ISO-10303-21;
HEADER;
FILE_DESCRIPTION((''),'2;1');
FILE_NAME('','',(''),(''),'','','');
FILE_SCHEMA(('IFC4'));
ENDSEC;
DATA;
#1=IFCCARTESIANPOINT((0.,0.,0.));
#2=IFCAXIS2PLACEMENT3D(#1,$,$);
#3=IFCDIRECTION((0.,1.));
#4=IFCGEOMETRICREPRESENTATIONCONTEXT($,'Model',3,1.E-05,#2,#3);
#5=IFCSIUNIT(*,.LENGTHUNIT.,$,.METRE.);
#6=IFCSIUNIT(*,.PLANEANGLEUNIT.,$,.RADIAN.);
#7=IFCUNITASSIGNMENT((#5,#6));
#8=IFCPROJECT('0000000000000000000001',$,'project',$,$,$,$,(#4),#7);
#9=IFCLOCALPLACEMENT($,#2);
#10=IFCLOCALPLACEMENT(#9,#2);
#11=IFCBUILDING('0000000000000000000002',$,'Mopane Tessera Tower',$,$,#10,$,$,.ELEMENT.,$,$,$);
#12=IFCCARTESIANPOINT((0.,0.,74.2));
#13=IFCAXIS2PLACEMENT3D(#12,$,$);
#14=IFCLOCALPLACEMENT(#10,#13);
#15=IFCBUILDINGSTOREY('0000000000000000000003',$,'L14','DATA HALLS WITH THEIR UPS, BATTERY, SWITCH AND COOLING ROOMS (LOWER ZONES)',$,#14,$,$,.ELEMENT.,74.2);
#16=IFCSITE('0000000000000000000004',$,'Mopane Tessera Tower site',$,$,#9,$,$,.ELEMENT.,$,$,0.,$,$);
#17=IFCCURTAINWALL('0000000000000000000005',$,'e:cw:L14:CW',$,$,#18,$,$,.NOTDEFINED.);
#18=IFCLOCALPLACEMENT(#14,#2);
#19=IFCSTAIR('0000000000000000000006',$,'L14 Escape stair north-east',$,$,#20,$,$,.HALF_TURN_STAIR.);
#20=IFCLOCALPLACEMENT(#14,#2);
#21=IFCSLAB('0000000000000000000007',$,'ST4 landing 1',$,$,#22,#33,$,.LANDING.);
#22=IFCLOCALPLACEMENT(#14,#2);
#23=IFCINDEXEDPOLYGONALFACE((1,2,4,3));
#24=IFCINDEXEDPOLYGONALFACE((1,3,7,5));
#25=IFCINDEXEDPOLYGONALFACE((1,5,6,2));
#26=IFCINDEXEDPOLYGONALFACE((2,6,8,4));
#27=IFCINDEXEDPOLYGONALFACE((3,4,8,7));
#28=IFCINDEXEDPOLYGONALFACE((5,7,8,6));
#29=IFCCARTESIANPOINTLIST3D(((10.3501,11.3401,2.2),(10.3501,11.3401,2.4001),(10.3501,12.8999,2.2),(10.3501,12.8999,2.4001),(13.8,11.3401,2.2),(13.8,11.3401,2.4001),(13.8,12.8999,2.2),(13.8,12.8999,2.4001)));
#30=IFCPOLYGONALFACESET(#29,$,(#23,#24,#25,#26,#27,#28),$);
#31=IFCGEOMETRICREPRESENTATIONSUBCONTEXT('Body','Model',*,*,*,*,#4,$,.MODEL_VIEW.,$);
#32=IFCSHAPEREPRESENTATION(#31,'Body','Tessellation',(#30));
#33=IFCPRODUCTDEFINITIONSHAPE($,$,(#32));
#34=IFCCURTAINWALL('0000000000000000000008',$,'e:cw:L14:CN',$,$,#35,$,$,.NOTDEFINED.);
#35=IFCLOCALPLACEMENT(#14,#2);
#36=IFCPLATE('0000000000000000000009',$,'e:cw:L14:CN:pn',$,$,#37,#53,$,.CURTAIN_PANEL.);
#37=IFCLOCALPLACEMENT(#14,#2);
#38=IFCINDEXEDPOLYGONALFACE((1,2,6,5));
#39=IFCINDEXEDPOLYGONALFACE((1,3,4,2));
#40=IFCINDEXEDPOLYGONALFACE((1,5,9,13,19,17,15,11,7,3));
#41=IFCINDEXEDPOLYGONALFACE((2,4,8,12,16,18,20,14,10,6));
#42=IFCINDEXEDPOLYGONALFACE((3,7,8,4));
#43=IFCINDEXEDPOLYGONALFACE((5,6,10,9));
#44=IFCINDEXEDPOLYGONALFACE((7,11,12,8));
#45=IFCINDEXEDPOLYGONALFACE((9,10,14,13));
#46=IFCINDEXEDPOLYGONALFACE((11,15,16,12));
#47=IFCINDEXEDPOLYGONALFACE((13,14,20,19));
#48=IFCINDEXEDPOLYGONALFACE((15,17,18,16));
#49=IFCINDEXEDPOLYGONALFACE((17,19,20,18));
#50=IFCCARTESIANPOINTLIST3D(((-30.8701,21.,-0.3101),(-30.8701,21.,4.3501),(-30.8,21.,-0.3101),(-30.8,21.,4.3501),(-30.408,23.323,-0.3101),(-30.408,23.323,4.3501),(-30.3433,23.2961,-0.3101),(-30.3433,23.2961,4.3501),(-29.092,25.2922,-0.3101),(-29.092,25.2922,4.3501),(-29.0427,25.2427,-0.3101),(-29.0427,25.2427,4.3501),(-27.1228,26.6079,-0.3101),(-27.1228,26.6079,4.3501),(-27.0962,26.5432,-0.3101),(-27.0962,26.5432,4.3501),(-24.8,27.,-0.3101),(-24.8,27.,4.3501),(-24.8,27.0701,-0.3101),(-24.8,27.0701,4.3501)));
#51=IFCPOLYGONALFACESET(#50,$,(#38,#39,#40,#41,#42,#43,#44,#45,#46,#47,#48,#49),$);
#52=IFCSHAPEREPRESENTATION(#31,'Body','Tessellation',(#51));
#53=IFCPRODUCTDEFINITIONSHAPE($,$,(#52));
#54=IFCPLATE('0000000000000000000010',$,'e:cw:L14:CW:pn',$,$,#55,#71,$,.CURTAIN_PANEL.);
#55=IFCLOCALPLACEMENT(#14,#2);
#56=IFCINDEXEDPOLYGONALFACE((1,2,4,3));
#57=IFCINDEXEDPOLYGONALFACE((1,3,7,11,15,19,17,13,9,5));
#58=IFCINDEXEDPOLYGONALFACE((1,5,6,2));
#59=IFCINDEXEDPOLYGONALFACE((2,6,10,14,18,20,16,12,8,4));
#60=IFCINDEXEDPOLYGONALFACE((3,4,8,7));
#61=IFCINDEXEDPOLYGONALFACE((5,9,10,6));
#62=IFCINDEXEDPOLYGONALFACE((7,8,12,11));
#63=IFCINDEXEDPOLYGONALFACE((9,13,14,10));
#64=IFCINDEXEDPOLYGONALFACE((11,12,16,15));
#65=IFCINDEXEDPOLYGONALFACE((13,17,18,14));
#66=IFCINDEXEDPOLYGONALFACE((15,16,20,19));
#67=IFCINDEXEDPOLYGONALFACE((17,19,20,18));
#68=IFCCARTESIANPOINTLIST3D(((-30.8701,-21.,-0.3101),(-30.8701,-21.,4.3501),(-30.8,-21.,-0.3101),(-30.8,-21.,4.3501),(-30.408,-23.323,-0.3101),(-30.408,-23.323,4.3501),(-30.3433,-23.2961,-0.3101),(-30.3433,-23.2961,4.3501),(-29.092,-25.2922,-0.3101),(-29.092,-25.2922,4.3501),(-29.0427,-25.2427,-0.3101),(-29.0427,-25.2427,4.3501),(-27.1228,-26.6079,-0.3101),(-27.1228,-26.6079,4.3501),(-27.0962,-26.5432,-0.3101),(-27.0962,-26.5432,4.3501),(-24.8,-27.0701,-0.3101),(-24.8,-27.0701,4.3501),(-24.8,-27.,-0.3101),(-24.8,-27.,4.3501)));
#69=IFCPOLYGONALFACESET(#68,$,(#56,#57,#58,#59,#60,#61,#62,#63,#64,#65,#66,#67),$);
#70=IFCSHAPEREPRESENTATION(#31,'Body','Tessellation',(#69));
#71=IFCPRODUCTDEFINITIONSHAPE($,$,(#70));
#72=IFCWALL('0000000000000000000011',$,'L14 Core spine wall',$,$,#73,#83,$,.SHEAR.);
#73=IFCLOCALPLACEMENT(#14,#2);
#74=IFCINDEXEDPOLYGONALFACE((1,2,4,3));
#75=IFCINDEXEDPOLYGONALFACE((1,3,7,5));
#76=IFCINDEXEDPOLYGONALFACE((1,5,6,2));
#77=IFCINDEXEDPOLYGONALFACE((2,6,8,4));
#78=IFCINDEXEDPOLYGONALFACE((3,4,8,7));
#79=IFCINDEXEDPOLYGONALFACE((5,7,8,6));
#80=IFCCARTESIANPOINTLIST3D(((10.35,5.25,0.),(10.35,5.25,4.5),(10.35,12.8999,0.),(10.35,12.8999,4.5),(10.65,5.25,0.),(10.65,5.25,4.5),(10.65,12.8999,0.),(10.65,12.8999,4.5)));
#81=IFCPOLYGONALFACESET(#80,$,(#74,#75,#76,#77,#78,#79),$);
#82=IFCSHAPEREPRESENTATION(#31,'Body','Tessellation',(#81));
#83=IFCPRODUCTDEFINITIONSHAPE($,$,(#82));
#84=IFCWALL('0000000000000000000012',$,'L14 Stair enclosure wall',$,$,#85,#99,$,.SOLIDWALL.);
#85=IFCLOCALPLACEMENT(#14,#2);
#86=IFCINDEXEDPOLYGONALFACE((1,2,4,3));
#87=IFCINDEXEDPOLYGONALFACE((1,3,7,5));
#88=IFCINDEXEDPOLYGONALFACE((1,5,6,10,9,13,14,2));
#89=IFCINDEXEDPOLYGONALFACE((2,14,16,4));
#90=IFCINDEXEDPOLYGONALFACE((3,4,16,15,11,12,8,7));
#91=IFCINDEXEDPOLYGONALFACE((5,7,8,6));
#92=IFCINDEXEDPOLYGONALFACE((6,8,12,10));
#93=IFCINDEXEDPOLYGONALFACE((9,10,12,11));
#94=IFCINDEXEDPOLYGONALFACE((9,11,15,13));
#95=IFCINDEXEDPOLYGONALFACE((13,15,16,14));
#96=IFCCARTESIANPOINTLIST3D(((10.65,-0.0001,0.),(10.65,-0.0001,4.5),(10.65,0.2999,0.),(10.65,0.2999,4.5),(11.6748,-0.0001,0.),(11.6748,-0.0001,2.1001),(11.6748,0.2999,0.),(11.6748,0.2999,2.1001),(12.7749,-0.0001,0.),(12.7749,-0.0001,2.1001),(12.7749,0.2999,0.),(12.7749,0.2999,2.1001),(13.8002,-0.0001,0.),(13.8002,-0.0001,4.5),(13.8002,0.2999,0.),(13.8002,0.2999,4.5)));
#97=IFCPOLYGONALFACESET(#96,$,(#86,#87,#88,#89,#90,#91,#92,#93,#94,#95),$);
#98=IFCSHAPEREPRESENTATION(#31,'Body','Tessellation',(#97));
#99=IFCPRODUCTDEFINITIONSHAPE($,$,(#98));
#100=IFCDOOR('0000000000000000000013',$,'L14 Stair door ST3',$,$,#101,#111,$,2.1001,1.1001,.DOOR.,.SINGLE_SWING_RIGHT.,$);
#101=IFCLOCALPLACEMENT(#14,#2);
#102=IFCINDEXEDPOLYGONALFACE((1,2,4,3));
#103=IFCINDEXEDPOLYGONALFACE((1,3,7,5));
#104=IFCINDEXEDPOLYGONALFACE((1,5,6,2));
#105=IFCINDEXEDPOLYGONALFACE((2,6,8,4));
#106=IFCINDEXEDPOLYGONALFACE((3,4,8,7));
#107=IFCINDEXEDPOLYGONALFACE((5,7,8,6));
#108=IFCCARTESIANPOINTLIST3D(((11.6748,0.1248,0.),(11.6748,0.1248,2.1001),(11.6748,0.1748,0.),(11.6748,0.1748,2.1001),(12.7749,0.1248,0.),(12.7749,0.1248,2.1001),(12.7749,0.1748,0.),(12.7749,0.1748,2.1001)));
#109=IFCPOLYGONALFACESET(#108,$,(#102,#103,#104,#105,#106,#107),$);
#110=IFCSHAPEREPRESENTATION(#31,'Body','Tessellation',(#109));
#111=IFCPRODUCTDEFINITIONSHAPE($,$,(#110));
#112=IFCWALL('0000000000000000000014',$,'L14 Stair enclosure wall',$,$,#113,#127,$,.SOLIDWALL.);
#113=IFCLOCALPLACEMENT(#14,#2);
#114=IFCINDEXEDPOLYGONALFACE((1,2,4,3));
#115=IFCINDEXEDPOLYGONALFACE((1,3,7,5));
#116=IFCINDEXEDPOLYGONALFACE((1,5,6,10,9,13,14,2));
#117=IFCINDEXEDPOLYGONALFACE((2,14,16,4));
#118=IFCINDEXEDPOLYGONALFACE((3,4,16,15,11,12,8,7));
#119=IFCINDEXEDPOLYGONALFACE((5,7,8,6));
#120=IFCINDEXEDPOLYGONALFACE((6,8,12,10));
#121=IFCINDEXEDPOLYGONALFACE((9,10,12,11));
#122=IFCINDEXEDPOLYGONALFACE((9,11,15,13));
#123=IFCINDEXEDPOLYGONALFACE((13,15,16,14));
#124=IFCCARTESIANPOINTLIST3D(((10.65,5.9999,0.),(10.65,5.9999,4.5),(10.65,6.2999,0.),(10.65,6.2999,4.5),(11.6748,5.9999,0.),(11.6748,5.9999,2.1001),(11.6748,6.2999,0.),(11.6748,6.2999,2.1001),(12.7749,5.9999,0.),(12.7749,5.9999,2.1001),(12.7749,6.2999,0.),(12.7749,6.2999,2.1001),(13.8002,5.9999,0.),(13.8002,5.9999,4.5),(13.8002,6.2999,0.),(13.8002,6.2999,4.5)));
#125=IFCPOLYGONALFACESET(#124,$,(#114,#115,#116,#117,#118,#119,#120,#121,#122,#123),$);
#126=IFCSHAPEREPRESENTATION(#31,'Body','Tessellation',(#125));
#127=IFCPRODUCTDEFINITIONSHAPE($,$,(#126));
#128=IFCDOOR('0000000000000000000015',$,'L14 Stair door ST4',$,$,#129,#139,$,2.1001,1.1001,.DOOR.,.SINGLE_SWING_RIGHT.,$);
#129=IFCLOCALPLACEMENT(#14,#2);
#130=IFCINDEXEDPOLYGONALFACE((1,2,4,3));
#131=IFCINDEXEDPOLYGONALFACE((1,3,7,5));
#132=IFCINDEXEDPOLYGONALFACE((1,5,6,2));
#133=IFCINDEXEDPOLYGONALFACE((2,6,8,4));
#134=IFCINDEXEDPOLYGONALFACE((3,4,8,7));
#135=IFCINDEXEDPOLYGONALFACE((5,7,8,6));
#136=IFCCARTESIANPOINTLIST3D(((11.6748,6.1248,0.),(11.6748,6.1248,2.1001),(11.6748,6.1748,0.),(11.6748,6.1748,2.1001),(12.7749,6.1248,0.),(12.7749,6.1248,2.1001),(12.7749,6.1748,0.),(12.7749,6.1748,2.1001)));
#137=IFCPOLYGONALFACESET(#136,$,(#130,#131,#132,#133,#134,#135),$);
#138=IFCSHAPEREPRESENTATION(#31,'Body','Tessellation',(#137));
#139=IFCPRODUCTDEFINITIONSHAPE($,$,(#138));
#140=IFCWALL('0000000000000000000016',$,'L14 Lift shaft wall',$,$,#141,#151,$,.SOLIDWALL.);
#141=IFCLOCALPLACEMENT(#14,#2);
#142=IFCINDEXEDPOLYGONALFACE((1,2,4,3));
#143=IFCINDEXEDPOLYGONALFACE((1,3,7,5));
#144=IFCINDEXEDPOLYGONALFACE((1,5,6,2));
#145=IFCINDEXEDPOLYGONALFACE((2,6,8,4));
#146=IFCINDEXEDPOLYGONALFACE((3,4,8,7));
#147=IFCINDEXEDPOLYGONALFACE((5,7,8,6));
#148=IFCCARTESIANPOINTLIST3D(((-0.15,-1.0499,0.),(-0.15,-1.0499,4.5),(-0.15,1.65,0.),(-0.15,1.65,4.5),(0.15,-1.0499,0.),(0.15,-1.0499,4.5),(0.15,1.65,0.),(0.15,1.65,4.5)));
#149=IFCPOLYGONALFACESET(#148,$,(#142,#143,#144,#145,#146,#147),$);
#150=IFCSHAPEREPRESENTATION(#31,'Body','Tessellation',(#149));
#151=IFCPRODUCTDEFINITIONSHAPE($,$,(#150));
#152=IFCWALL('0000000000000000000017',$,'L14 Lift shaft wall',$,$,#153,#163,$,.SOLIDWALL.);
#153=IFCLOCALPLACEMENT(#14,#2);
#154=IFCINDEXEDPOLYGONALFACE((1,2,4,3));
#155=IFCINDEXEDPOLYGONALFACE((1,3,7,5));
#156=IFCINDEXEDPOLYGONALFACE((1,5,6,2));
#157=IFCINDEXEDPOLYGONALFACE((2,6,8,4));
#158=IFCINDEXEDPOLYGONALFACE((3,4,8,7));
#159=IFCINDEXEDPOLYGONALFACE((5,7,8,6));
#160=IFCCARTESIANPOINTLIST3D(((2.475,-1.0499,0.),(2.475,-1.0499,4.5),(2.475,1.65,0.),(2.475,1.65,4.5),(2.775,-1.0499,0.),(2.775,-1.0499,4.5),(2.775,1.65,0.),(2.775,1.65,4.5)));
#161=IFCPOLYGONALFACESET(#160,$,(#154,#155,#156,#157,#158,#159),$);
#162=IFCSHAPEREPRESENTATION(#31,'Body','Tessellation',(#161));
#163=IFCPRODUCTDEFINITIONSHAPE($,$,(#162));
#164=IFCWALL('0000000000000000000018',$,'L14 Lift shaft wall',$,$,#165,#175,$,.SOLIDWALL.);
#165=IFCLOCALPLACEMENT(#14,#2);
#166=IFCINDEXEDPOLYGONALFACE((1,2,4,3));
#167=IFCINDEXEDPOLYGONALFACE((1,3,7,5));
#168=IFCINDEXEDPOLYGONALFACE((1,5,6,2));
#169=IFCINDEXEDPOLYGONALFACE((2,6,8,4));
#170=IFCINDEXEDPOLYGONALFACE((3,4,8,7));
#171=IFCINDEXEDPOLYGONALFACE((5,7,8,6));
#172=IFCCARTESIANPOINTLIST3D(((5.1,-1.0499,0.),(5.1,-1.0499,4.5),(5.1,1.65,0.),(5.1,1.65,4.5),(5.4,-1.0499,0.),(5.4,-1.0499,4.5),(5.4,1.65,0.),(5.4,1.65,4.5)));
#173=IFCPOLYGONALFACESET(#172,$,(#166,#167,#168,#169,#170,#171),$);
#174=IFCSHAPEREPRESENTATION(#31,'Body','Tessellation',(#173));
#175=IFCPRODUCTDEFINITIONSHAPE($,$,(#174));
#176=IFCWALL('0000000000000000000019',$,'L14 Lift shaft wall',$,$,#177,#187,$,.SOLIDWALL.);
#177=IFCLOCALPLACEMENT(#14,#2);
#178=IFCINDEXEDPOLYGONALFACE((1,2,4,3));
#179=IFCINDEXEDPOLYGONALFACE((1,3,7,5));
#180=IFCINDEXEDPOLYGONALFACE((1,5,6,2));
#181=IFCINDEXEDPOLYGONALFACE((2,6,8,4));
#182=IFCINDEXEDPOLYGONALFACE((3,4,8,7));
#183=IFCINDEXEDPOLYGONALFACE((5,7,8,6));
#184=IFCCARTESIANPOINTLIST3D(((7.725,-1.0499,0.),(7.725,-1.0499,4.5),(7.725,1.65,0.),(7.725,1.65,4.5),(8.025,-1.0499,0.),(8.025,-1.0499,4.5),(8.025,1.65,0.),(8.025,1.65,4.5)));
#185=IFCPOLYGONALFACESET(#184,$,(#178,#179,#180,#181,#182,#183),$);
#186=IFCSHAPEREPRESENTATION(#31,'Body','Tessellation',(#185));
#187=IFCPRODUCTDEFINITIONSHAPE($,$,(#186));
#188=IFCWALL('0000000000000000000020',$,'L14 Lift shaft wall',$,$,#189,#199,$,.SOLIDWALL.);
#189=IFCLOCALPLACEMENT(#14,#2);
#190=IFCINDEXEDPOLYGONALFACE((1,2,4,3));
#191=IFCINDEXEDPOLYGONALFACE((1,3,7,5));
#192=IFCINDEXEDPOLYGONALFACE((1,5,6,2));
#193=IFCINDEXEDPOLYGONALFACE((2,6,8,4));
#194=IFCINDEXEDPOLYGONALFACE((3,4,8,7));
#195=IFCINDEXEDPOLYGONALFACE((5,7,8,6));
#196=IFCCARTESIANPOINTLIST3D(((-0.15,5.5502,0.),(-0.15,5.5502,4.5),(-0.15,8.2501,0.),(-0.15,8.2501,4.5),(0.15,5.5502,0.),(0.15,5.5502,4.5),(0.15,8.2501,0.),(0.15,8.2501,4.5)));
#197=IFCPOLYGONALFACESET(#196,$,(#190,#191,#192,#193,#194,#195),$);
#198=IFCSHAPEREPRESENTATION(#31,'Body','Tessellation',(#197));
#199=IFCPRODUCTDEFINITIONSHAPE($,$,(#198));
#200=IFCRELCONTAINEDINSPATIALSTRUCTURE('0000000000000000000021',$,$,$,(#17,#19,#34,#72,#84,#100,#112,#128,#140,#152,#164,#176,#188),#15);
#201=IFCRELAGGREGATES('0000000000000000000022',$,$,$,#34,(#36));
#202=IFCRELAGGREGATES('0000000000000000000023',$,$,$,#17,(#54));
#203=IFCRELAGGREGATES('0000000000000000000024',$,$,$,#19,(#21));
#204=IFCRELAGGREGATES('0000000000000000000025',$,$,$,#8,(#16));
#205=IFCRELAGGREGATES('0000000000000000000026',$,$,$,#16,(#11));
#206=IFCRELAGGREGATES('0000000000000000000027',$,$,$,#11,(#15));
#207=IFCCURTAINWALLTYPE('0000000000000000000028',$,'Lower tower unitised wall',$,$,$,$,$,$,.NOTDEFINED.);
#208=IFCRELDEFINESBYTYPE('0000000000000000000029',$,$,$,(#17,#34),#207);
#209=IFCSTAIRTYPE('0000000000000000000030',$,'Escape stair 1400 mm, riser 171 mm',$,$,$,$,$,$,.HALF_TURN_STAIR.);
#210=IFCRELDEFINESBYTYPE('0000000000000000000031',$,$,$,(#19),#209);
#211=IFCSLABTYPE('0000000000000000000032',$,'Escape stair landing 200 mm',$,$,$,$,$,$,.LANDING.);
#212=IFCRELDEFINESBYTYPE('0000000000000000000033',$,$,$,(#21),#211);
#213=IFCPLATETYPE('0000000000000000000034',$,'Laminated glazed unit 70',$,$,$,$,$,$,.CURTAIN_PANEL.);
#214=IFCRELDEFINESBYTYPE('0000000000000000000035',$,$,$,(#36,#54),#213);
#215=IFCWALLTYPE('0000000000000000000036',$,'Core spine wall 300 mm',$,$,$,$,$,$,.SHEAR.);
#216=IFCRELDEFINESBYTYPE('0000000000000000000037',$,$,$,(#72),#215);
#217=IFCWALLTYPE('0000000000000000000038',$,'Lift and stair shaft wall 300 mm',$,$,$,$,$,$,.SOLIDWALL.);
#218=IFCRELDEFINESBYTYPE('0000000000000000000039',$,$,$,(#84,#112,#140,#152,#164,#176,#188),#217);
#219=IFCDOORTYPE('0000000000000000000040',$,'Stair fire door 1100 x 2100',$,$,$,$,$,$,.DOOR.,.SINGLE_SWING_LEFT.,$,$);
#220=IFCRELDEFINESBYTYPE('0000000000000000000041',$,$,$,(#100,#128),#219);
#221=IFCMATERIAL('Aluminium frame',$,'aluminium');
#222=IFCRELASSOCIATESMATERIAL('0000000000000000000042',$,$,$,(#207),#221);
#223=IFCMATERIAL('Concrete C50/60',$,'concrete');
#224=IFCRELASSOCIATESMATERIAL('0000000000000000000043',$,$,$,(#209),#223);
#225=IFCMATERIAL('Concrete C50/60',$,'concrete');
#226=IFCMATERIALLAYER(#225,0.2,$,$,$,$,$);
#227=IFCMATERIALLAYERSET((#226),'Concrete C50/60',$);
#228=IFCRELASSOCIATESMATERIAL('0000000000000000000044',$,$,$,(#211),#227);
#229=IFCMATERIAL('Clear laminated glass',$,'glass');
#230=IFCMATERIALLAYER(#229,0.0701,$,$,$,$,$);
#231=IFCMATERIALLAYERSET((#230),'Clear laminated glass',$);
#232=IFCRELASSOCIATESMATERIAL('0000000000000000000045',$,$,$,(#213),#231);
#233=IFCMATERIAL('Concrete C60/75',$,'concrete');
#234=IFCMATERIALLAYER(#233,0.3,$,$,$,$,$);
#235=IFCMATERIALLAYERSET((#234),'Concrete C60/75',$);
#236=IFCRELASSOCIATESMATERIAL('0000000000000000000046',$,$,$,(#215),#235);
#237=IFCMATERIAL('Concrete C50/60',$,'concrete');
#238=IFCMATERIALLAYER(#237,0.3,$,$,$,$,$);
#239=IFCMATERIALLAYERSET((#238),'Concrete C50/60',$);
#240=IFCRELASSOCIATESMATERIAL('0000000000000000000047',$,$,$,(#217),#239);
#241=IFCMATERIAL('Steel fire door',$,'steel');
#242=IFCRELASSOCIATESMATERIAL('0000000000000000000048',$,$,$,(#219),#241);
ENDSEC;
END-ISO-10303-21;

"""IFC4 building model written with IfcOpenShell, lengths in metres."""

from ifc_helpers import new_model, si_unit, direction, frame, frame_2d, origin, place, context, subcontext, project, spatial, polyline, rectangle, outline, extrude, material, layer, layer_set, type_object, element, fill, aggregate, save


model = new_model("IFC4")

# Units and contexts
model_context = context("Model", 3, precision=1e-05, world=origin(), true_north=direction((0.0, 1.0)))
body_context = subcontext(model_context, "Body", "Model", "MODEL_VIEW")
ifc_project = project(units=[si_unit("LENGTHUNIT", "METRE"), si_unit("PLANEANGLEUNIT", "RADIAN")], contexts=[model_context])

# Site, building, storey
site_placement = place(None, origin())
site = spatial("IfcSite", under=ifc_project, at=site_placement, Name="Mopane Tessera Tower site", CompositionType="ELEMENT", RefElevation=0.0)
building_placement = place(site_placement, origin())
building = spatial("IfcBuilding", under=site, at=building_placement, Name="Mopane Tessera Tower", CompositionType="ELEMENT")
storey_placement = place(building_placement, frame((0.0, 0.0, 74.2)))
storey = spatial("IfcBuildingStorey", under=building, at=storey_placement, Name="L14", Description="DATA HALLS WITH THEIR UPS, BATTERY, SWITCH AND COOLING ROOMS (LOWER ZONES)", CompositionType="ELEMENT", Elevation=74.2)

# Curtain wall
ifc_material_1 = material(Name="Aluminium frame", Category="aluminium")
curtain_wall_type = type_object("IfcCurtainWallType", Name="Lower tower unitised wall", PredefinedType="NOTDEFINED", material=ifc_material_1)
curtain_wall_1_placement = place(storey_placement, origin())
curtain_wall_1 = element("IfcCurtainWall", 1, at=curtain_wall_1_placement, inside=storey, type_object=curtain_wall_type, Name="e:cw:L14:CW", PredefinedType="NOTDEFINED")

# Stair, slab
ifc_material_2 = material(Name="Concrete C50/60", Category="concrete")
stair_type = type_object("IfcStairType", Name="Escape stair 1400 mm, riser 171 mm", PredefinedType="HALF_TURN_STAIR", material=ifc_material_2)
ifc_material_3 = material(Name="Concrete C50/60", Category="concrete")
ifc_layer_1 = layer(ifc_material_3, 0.2)
ifc_layer_set_1 = layer_set([ifc_layer_1], Name="Concrete C50/60")
slab_type_1 = type_object("IfcSlabType", Name="Escape stair landing 200 mm", PredefinedType="LANDING", material=ifc_layer_set_1)
stair_1_placement = place(storey_placement, origin())
stair_1 = element("IfcStair", 2, at=stair_1_placement, inside=storey, type_object=stair_type, Name="L14 Escape stair north-east", PredefinedType="HALF_TURN_STAIR")
slab_1_placement = place(storey_placement, frame((0.0, 0.0, 2.2)))
slab_1 = element("IfcSlab", 3, at=slab_1_placement, type_object=slab_type_1, Name="ST4 landing 1", PredefinedType="LANDING", context=body_context, shape_type="SweptSolid", body=[
    extrude(outline(polyline([(13.8, 11.3401), (13.8, 12.8999), (10.3501, 12.8999), (10.3501, 11.3401), (13.8, 11.3401)])), origin(), (0.0, 0.0, 1.0), 0.2002),
])

# Curtain wall, plate
curtain_wall_2_placement = place(storey_placement, origin())
curtain_wall_2 = element("IfcCurtainWall", 4, at=curtain_wall_2_placement, inside=storey, type_object=curtain_wall_type, Name="e:cw:L14:CN", PredefinedType="NOTDEFINED")
ifc_material_4 = material(Name="Clear laminated glass", Category="glass")
ifc_layer_2 = layer(ifc_material_4, 0.0701)
ifc_layer_set_2 = layer_set([ifc_layer_2], Name="Clear laminated glass")
plate_type = type_object("IfcPlateType", Name="Laminated glazed unit 70", PredefinedType="CURTAIN_PANEL", material=ifc_layer_set_2)
plate_1_placement = place(storey_placement, frame((0.0, 0.0, -0.3101)))
plate_1 = element("IfcPlate", 5, at=plate_1_placement, type_object=plate_type, Name="e:cw:L14:CN:pn", PredefinedType="CURTAIN_PANEL", context=body_context, shape_type="SweptSolid", body=[
    extrude(outline(polyline([(-24.8, 27.0), (-27.0962, 26.5432), (-29.0427, 25.2427), (-30.3433, 23.2961), (-30.8, 21.0), (-30.8701, 21.0), (-30.408, 23.323), (-29.092, 25.2922), (-27.1228, 26.6079), (-24.8, 27.0701), (-24.8, 27.0)])), origin(), (0.0, 0.0, 1.0), 4.6602),
])
aggregate(curtain_wall_2, [plate_1])

# Plate
plate_2_placement = place(storey_placement, frame((0.0, 0.0, -0.3101)))
plate_2 = element("IfcPlate", 6, at=plate_2_placement, type_object=plate_type, Name="e:cw:L14:CW:pn", PredefinedType="CURTAIN_PANEL", context=body_context, shape_type="SweptSolid", body=[
    extrude(outline(polyline([(-30.8, -21.0), (-30.3433, -23.2961), (-29.0427, -25.2427), (-27.0962, -26.5432), (-24.8, -27.0), (-24.8, -27.0701), (-27.1228, -26.6079), (-29.092, -25.2922), (-30.408, -23.323), (-30.8701, -21.0), (-30.8, -21.0)])), origin(), (0.0, 0.0, 1.0), 4.6602),
])
aggregate(curtain_wall_1, [plate_2])

# Wall
ifc_material_5 = material(Name="Concrete C60/75", Category="concrete")
ifc_layer_3 = layer(ifc_material_5, 0.3)
ifc_layer_set_3 = layer_set([ifc_layer_3], Name="Concrete C60/75")
wall_type_1 = type_object("IfcWallType", Name="Core spine wall 300 mm", PredefinedType="SHEAR", material=ifc_layer_set_3)
wall_1_placement = place(storey_placement, frame((10.5, 5.25, 0.0), z_axis=(0.0, 0.0, 1.0), x_axis=(0.0, 1.0, 0.0)))
element("IfcWall", 7, at=wall_1_placement, inside=storey, type_object=wall_type_1, Name="L14 Core spine wall", PredefinedType="SHEAR", context=body_context, shape_type="SweptSolid", body=[
    extrude(rectangle(XDim=7.6499, YDim=0.3, at=frame_2d((3.825, 0.0))), origin(), (0.0, 0.0, 1.0), 4.5),
])

# Walls, openings, doors
ifc_material_6 = material(Name="Concrete C50/60", Category="concrete")
ifc_layer_4 = layer(ifc_material_6, 0.3)
ifc_layer_set_4 = layer_set([ifc_layer_4], Name="Concrete C50/60")
wall_type_2 = type_object("IfcWallType", Name="Lift and stair shaft wall 300 mm", PredefinedType="SOLIDWALL", material=ifc_layer_set_4)
wall_2_placement = place(storey_placement, frame((10.6499, 0.1499, 0.0), z_axis=(0.0, 0.0, 1.0), x_axis=(1.0, 0.0, 0.0)))
wall_2 = element("IfcWall", 8, at=wall_2_placement, inside=storey, type_object=wall_type_2, Name="L14 Stair enclosure wall", PredefinedType="SOLIDWALL", context=body_context, shape_type="SweptSolid", body=[
    extrude(rectangle(XDim=3.1501, YDim=0.3, at=frame_2d((1.5752, 0.0))), origin(), (0.0, 0.0, 1.0), 4.5),
])
opening_1_placement = place(wall_2_placement, frame((1.0249, 0.0, 0.0)))
opening_1 = element("IfcOpeningElement", 9, at=opening_1_placement, cuts=wall_2, PredefinedType="OPENING", context=body_context, shape_type="SweptSolid", body=[
    extrude(rectangle(XDim=1.1001, YDim=2.1001, at=frame_2d((0.55, 1.05))), frame((0.0, 0.1621, 0.0), z_axis=(0.0, -1.0, 0.0), x_axis=(1.0, 0.0, 0.0)), (0.0, 0.0, 1.0), 0.324),
])
ifc_material_7 = material(Name="Steel fire door", Category="steel")
door_type = type_object("IfcDoorType", Name="Stair fire door 1100 x 2100", OperationType="SINGLE_SWING_LEFT", PredefinedType="DOOR", material=ifc_material_7)
door_1_placement = place(opening_1_placement, origin())
door_1 = element("IfcDoor", 10, at=door_1_placement, inside=storey, type_object=door_type, Name="L14 Stair door ST3", OperationType="SINGLE_SWING_RIGHT", OverallHeight=2.1001, OverallWidth=1.1001, PredefinedType="DOOR", context=body_context, shape_type="SweptSolid", body=[
    extrude(rectangle(XDim=1.1001, YDim=2.1001, at=frame_2d((0.55, 1.05))), frame((0.0, 0.0249, 0.0), z_axis=(0.0, -1.0, 0.0), x_axis=(1.0, 0.0, 0.0)), (0.0, 0.0, 1.0), 0.05),
])
fill(opening_1, door_1)
wall_3_placement = place(storey_placement, frame((10.6499, 6.1499, 0.0), z_axis=(0.0, 0.0, 1.0), x_axis=(1.0, 0.0, 0.0)))
wall_3 = element("IfcWall", 11, at=wall_3_placement, inside=storey, type_object=wall_type_2, Name="L14 Stair enclosure wall", PredefinedType="SOLIDWALL", context=body_context, shape_type="SweptSolid", body=[
    extrude(rectangle(XDim=3.1501, YDim=0.3, at=frame_2d((1.5752, 0.0))), origin(), (0.0, 0.0, 1.0), 4.5),
])
opening_2_placement = place(wall_3_placement, frame((1.0249, 0.0, 0.0)))
opening_2 = element("IfcOpeningElement", 12, at=opening_2_placement, cuts=wall_3, PredefinedType="OPENING", context=body_context, shape_type="SweptSolid", body=[
    extrude(rectangle(XDim=1.1001, YDim=2.1001, at=frame_2d((0.55, 1.05))), frame((0.0, 0.1621, 0.0), z_axis=(0.0, -1.0, 0.0), x_axis=(1.0, 0.0, 0.0)), (0.0, 0.0, 1.0), 0.324),
])
door_2_placement = place(opening_2_placement, origin())
door_2 = element("IfcDoor", 13, at=door_2_placement, inside=storey, type_object=door_type, Name="L14 Stair door ST4", OperationType="SINGLE_SWING_RIGHT", OverallHeight=2.1001, OverallWidth=1.1001, PredefinedType="DOOR", context=body_context, shape_type="SweptSolid", body=[
    extrude(rectangle(XDim=1.1001, YDim=2.1001, at=frame_2d((0.55, 1.05))), frame((0.0, 0.0249, 0.0), z_axis=(0.0, -1.0, 0.0), x_axis=(1.0, 0.0, 0.0)), (0.0, 0.0, 1.0), 0.05),
])
fill(opening_2, door_2)

# Walls
for number, where, z_axis, x_axis, name in (
    (14, (0.0, -1.05, 0.0), (0.0, 0.0, 1.0), (0.0, 1.0, 0.0), "L14 Lift shaft wall"),
    (15, (2.625, -1.05, 0.0), (0.0, 0.0, 1.0), (0.0, 1.0, 0.0), "L14 Lift shaft wall"),
    (16, (5.25, -1.05, 0.0), (0.0, 0.0, 1.0), (0.0, 1.0, 0.0), "L14 Lift shaft wall"),
    (17, (7.875, -1.05, 0.0), (0.0, 0.0, 1.0), (0.0, 1.0, 0.0), "L14 Lift shaft wall"),
    (18, (0.0, 5.55, 0.0), (0.0, 0.0, 1.0), (0.0, 1.0, 0.0), "L14 Lift shaft wall"),
):
    element("IfcWall", number, at=place(storey_placement, frame(where, z_axis=z_axis, x_axis=x_axis)), inside=storey, type_object=wall_type_2, Name=name, PredefinedType="SOLIDWALL", context=body_context, shape_type="SweptSolid", body=[
        extrude(rectangle(XDim=2.7, YDim=0.3, at=frame_2d((1.3501, 0.0))), origin(), (0.0, 0.0, 1.0), 4.5),
    ])

aggregate(stair_1, [slab_1])

save(model, "model.ifc")
